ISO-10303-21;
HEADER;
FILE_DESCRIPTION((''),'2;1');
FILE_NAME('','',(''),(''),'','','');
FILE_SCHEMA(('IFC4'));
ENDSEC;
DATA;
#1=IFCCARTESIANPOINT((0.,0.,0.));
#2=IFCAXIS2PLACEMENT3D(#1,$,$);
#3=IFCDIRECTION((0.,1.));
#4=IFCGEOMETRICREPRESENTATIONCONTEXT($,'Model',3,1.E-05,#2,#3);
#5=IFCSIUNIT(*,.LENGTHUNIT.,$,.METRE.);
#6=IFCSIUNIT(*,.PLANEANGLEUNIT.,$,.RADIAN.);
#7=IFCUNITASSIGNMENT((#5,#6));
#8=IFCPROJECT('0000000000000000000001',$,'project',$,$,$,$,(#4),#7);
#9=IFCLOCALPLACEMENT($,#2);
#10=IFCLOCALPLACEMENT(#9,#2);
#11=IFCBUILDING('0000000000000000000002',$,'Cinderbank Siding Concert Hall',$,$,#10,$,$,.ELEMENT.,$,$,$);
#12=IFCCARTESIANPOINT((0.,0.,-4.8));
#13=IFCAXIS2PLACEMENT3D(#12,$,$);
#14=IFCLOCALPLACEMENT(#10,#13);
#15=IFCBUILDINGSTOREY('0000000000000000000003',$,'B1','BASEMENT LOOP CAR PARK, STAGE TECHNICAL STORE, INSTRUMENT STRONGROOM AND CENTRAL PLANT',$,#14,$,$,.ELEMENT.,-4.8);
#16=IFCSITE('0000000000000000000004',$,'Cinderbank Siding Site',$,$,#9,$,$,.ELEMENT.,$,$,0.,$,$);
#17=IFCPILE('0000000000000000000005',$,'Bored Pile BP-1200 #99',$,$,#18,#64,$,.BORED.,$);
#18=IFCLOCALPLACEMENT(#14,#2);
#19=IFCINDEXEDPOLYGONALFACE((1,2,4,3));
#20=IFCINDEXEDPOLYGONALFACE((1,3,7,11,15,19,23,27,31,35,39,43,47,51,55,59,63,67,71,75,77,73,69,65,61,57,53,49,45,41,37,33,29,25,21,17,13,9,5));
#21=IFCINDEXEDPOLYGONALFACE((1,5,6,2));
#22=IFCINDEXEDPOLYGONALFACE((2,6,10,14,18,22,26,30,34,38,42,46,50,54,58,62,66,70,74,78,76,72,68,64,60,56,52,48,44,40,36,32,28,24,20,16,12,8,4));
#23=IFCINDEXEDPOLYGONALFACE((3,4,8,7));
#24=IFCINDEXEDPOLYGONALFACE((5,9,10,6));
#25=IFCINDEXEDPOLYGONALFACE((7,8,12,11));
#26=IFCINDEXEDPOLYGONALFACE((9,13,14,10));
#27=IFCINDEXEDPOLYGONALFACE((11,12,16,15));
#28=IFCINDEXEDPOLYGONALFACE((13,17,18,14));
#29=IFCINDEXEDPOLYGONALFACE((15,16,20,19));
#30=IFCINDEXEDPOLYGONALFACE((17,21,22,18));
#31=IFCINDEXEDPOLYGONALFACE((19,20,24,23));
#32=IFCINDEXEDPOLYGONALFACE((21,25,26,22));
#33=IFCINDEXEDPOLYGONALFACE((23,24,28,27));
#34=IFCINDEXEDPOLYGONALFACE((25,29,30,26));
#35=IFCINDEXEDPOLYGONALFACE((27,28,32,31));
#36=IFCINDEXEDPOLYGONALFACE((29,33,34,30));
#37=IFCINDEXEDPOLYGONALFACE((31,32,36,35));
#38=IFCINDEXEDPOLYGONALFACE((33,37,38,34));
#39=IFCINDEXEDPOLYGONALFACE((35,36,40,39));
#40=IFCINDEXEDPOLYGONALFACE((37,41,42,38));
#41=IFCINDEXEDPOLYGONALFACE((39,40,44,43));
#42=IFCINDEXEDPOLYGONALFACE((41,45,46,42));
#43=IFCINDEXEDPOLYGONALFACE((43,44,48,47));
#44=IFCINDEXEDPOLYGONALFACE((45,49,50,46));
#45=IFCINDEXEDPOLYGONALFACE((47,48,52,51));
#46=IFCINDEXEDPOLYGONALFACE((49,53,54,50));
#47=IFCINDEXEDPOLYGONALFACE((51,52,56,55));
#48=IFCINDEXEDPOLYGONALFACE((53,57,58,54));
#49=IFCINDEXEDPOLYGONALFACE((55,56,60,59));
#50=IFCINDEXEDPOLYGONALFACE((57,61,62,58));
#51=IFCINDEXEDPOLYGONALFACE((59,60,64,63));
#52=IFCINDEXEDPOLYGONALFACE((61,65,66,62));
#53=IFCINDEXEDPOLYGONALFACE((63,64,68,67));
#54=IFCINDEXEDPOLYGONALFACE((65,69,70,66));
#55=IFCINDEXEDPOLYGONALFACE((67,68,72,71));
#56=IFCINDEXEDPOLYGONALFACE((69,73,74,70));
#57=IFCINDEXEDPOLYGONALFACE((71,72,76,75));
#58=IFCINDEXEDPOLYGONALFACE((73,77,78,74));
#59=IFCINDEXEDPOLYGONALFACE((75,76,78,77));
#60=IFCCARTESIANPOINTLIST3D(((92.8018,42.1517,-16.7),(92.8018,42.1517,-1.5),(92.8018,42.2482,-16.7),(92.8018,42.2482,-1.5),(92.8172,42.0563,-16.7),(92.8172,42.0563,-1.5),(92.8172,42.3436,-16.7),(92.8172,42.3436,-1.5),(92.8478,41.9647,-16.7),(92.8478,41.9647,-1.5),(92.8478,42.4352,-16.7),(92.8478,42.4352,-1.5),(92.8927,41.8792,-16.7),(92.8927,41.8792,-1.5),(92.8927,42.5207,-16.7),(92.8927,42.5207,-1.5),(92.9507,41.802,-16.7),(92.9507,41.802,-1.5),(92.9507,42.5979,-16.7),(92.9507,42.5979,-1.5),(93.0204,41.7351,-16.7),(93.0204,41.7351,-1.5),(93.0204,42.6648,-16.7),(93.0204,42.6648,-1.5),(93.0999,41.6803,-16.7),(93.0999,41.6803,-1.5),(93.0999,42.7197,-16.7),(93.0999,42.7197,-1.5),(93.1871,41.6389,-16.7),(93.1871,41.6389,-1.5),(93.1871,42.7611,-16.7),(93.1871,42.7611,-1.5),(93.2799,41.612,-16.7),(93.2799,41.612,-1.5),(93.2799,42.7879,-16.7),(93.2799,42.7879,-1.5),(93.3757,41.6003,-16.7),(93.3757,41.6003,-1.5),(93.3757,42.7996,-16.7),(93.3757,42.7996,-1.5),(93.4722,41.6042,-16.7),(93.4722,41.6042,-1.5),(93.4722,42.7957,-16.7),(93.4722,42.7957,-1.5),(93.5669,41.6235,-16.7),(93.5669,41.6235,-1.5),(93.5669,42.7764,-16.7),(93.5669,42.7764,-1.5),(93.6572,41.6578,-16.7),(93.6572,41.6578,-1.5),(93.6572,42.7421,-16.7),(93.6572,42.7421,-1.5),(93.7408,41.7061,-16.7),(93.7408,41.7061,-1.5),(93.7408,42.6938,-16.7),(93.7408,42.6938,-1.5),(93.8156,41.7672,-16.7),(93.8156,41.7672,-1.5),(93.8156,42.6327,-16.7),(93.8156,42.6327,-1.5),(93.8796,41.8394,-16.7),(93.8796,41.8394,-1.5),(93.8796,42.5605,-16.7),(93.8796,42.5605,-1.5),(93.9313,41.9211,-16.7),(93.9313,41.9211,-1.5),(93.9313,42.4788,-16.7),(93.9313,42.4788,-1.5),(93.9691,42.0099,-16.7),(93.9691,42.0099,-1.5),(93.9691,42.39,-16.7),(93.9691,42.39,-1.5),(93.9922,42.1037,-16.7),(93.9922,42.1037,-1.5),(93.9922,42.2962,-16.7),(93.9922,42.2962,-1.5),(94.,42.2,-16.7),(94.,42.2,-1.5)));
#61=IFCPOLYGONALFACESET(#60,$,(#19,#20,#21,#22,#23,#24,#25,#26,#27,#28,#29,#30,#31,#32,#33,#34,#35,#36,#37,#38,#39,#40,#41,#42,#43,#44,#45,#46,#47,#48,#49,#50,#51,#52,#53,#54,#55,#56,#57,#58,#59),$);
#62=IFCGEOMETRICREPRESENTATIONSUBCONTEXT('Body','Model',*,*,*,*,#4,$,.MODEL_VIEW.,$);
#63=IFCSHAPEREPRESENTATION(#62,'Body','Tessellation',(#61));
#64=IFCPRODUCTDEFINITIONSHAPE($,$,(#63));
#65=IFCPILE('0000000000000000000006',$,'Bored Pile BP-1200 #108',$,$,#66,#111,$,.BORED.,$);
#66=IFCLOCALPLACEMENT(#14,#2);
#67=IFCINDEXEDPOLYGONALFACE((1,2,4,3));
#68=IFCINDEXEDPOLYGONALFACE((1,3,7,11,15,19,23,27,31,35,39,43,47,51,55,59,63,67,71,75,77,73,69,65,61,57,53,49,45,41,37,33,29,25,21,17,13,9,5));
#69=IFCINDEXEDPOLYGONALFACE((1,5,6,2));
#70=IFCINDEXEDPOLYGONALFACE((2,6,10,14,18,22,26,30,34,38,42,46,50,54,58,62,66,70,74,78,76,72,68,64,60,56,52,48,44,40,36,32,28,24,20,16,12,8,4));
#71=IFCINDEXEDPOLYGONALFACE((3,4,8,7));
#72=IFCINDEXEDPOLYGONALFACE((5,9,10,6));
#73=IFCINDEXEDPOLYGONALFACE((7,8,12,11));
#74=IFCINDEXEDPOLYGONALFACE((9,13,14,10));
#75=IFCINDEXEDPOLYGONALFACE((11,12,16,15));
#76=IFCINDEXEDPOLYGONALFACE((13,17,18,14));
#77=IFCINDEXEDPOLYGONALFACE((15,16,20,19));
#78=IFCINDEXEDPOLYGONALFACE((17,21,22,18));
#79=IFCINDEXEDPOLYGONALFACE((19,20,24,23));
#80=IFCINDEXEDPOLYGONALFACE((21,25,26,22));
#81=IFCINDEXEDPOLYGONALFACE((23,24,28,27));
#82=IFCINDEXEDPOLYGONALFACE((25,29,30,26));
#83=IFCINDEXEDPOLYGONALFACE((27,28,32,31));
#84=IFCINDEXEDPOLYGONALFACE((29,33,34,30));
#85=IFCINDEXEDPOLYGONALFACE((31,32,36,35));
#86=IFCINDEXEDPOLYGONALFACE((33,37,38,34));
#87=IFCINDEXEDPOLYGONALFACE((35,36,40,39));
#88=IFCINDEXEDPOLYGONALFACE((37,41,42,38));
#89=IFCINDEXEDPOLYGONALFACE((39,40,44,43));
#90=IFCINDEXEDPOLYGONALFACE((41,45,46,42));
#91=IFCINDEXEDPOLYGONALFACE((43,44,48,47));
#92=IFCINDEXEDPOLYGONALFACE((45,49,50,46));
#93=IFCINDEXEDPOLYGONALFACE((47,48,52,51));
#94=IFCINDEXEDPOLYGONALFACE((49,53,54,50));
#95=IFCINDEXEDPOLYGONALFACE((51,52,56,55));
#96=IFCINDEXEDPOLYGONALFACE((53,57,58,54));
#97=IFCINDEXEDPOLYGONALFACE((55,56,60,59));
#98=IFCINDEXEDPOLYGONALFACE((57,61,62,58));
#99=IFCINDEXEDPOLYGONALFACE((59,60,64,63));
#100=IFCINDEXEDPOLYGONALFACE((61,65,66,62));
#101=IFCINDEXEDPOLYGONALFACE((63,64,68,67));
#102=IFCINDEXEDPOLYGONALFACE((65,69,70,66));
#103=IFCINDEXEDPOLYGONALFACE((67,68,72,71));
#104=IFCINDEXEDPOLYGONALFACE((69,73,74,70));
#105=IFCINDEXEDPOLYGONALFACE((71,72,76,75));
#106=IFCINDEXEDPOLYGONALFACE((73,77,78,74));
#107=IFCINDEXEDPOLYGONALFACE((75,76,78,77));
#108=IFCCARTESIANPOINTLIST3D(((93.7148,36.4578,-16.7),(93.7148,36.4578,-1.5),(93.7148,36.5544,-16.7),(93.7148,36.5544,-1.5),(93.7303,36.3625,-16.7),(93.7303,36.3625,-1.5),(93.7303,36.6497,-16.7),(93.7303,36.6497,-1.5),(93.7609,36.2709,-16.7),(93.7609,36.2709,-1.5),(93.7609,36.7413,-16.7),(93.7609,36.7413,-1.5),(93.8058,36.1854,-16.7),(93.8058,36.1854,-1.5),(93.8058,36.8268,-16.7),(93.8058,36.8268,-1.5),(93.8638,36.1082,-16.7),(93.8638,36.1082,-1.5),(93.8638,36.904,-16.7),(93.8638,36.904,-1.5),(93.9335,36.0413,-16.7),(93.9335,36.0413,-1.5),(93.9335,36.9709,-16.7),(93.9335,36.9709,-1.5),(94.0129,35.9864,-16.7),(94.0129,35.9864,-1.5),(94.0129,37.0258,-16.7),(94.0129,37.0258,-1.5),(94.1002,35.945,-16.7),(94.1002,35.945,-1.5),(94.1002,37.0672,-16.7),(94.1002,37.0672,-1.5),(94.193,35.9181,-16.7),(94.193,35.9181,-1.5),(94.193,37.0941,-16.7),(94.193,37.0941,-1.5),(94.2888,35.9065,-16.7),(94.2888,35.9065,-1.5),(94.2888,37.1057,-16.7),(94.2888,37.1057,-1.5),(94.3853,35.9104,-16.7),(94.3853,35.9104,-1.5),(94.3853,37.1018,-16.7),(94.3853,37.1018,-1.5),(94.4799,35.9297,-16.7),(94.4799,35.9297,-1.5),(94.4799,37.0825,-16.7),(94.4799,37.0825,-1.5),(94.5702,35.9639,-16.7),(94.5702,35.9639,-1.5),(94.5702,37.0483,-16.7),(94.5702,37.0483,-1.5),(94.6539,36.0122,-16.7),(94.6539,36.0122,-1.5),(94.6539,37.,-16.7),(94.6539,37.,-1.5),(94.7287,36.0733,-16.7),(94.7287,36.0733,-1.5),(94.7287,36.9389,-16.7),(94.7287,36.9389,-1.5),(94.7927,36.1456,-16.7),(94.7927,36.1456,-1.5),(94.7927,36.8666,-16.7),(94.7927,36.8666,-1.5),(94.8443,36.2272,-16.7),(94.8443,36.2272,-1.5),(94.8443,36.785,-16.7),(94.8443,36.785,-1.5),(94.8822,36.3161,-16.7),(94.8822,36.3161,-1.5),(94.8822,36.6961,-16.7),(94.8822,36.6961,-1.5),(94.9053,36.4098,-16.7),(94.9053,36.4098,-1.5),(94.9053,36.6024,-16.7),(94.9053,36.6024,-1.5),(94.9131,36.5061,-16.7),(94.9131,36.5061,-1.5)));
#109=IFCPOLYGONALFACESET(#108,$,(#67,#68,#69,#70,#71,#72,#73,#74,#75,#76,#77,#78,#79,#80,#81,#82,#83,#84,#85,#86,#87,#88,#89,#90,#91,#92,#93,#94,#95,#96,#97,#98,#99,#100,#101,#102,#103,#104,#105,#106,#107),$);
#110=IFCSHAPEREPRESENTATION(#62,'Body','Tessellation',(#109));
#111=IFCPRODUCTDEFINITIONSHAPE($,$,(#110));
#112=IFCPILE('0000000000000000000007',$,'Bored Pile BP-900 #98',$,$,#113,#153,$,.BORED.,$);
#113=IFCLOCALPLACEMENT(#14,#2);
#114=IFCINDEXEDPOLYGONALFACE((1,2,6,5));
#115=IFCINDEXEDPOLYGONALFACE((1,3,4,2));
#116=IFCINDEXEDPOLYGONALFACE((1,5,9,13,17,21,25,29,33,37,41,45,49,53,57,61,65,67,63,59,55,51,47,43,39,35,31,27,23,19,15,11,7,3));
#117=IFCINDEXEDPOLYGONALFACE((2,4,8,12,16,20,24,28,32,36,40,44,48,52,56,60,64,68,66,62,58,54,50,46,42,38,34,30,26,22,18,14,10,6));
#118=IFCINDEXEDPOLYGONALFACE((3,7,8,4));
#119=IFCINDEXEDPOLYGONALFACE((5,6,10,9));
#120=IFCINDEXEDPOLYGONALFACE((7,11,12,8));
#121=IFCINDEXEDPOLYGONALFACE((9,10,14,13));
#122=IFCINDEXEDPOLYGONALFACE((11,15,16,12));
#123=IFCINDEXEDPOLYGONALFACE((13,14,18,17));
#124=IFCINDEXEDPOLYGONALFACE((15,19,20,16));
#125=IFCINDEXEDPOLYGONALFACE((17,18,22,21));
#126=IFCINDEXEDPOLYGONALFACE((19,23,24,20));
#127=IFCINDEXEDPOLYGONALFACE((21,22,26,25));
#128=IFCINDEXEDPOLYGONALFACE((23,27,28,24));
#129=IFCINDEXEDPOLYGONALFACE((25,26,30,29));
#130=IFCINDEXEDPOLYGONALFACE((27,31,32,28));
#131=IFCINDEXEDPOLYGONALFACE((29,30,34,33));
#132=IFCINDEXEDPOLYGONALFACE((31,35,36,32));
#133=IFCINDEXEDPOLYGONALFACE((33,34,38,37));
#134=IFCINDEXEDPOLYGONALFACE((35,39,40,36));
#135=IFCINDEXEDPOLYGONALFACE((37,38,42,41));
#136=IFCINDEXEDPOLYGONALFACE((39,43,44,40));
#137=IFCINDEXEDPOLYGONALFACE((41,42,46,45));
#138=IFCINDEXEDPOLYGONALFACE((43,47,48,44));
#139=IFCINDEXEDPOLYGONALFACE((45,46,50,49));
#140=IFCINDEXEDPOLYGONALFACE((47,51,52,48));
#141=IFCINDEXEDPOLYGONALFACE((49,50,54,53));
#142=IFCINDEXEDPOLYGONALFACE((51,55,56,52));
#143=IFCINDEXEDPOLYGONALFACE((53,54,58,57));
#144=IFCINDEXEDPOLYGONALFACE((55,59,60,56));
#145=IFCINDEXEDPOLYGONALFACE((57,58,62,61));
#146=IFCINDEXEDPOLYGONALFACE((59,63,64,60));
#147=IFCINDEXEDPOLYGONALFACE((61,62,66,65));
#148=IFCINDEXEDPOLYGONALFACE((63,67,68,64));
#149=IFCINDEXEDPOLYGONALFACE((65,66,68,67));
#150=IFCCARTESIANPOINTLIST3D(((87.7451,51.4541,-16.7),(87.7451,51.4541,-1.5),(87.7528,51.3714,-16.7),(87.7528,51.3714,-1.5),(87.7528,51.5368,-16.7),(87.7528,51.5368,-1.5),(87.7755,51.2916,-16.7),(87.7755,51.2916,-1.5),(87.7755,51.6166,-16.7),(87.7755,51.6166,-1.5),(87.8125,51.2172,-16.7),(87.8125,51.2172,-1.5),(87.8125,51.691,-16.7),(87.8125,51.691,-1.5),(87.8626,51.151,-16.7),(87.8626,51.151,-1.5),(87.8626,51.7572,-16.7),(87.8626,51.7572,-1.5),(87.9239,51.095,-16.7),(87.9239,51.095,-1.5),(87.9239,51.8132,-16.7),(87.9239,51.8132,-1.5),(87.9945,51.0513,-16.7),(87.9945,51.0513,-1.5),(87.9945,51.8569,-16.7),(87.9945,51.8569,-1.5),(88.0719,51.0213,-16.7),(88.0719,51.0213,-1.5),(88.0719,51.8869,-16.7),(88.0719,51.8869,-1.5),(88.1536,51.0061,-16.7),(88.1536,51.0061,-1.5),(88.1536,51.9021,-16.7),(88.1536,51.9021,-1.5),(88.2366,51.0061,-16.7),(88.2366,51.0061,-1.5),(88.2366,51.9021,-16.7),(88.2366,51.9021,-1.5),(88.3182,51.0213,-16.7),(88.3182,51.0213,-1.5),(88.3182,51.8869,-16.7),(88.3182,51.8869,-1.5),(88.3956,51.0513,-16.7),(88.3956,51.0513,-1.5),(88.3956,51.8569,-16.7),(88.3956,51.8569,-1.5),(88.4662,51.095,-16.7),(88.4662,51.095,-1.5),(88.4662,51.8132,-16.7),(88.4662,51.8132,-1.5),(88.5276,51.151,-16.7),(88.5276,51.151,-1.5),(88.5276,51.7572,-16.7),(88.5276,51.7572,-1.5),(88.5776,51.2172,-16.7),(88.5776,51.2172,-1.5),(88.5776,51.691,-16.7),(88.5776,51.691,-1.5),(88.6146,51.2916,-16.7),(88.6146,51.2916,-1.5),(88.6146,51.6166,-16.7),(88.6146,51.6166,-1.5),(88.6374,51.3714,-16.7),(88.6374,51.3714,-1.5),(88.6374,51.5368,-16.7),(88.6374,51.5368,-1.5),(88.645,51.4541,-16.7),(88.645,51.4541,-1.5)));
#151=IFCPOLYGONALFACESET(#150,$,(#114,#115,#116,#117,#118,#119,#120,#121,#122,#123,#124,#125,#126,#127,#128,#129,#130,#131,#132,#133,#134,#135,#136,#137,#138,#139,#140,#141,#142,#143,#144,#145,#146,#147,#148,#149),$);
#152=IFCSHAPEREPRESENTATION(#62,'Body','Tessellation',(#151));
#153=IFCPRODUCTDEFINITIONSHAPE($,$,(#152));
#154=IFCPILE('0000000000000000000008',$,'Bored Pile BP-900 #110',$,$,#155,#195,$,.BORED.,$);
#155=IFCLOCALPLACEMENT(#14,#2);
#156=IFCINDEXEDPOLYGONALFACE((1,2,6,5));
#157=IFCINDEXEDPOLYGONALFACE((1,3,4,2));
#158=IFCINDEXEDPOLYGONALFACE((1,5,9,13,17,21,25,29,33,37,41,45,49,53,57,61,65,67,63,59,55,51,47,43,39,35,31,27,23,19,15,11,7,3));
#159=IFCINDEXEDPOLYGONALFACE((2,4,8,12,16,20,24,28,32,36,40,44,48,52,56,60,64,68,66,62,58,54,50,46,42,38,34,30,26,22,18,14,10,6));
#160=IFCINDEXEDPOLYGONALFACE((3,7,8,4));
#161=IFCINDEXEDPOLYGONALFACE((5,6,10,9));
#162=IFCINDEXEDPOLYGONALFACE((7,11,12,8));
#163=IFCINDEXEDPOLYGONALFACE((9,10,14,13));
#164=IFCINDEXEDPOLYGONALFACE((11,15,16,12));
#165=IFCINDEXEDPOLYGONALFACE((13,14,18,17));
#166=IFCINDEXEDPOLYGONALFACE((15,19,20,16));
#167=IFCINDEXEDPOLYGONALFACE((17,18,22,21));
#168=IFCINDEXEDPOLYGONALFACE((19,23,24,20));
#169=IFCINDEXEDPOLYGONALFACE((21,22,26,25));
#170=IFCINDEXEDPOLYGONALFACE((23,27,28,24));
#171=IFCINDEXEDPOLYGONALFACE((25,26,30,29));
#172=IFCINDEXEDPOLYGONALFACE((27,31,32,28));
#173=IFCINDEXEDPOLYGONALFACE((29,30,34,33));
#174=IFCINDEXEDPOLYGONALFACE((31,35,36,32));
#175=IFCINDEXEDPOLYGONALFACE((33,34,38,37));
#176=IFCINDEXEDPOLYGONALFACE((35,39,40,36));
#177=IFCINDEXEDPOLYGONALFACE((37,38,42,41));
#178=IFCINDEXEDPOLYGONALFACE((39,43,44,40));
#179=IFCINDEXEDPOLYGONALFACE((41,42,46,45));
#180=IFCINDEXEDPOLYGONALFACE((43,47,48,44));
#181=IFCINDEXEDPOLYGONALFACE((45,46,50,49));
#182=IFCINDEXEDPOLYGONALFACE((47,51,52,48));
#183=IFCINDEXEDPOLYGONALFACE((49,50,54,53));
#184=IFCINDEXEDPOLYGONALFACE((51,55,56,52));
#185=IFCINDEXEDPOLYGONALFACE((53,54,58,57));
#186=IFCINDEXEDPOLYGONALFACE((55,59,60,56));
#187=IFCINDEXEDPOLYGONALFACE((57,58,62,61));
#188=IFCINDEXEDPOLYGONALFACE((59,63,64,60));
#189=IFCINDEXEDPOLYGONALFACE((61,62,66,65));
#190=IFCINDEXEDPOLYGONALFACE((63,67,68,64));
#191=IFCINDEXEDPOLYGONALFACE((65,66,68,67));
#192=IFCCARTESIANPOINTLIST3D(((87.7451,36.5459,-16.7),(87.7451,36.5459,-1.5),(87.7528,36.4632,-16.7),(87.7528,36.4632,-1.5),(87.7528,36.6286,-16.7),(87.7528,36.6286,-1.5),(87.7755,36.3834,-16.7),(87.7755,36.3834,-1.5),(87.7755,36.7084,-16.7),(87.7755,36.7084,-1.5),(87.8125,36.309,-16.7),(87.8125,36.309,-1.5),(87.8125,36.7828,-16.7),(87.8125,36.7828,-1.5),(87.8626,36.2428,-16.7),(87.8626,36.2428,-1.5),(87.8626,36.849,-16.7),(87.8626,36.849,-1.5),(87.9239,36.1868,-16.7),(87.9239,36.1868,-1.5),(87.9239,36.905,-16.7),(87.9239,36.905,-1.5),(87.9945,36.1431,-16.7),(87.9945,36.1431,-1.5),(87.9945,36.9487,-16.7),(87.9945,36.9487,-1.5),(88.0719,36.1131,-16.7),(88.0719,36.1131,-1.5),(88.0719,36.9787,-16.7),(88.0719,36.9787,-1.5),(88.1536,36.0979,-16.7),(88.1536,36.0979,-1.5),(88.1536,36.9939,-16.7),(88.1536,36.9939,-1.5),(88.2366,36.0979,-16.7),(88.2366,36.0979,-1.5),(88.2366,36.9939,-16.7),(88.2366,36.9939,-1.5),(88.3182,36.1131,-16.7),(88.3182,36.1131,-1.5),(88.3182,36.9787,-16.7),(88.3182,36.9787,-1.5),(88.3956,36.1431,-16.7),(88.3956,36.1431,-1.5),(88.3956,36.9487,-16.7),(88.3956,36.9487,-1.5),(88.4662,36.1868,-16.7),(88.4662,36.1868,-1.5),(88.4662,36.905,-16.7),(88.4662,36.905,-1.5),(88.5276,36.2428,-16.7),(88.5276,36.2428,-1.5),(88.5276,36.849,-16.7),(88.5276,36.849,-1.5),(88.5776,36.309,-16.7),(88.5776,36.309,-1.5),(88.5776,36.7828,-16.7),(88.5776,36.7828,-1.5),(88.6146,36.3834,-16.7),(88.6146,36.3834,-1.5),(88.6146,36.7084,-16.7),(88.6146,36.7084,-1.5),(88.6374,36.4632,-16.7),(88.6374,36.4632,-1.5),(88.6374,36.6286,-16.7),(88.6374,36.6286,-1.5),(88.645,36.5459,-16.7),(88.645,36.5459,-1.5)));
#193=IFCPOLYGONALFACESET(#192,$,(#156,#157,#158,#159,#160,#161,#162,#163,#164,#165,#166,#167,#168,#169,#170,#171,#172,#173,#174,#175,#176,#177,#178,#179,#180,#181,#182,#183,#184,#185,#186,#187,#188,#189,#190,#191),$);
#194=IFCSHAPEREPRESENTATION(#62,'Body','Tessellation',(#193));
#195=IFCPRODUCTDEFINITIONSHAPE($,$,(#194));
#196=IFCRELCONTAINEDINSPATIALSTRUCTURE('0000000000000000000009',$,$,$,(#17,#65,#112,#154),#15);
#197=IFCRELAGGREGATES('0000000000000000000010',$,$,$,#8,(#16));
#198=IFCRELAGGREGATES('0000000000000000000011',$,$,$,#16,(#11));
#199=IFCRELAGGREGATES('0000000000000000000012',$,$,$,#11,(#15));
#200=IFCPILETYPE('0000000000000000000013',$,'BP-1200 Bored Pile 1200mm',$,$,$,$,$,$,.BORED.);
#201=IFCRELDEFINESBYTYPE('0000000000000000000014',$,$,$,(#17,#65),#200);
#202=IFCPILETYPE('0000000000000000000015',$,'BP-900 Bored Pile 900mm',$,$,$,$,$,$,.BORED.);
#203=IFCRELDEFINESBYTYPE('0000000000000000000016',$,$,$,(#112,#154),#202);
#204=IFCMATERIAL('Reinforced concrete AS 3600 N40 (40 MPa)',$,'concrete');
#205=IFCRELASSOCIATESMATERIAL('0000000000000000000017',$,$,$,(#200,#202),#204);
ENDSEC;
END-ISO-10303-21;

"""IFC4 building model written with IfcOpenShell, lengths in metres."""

from ifc_helpers import new_model, si_unit, direction, frame, origin, origin_2d, place, context, subcontext, project, spatial, circle, extrude, material, material_profile, profile_set, type_object, element, save


model = new_model("IFC4")

# Units and contexts
model_context = context("Model", 3, precision=1e-05, world=origin(), true_north=direction((0.0, 1.0)))
body_context = subcontext(model_context, "Body", "Model", "MODEL_VIEW")
ifc_project = project(units=[si_unit("LENGTHUNIT", "METRE"), si_unit("PLANEANGLEUNIT", "RADIAN")], contexts=[model_context])

# Site, building, storey
site_placement = place(None, origin())
site = spatial("IfcSite", under=ifc_project, at=site_placement, Name="Cinderbank Siding Site", CompositionType="ELEMENT", RefElevation=0.0)
building_placement = place(site_placement, origin())
building = spatial("IfcBuilding", under=site, at=building_placement, Name="Cinderbank Siding Concert Hall", CompositionType="ELEMENT")
storey_placement = place(building_placement, frame((0.0, 0.0, -4.8)))
storey = spatial("IfcBuildingStorey", under=building, at=storey_placement, Name="B1", Description="BASEMENT LOOP CAR PARK, STAGE TECHNICAL STORE, INSTRUMENT STRONGROOM AND CENTRAL PLANT", CompositionType="ELEMENT", Elevation=-4.8)

# Piles
ifc_material_1 = material(Name="Reinforced concrete AS 3600 N40 (40 MPa)", Category="concrete")
ifc_material_profile_1 = material_profile(ifc_material_1, circle(Radius=0.6001, at=origin_2d()), Name="PILE-1200DIA", Category="LoadBearing")
ifc_profile_set_1 = profile_set([ifc_material_profile_1], Name="Reinforced concrete AS 3600 N40 (40 MPa)")
pile_type_1 = type_object("IfcPileType", Name="BP-1200 Bored Pile 1200mm", PredefinedType="BORED", material=ifc_profile_set_1)
for number, where, z_axis, x_axis, name in (
    (1, (93.3999, 42.2, -1.5), (0.0, 0.0, -1.0), (1.0, 0.0, 0.0), "Bored Pile BP-1200 #99"),
    (2, (94.313, 36.5061, -1.5), (0.0, 0.0, -1.0), (1.0, 0.0, 0.0), "Bored Pile BP-1200 #108"),
):
    element("IfcPile", number, at=place(storey_placement, frame(where, z_axis=z_axis, x_axis=x_axis)), inside=storey, type_object=pile_type_1, Name=name, PredefinedType="BORED", context=body_context, shape_type="SweptSolid", body=[
        extrude(circle(Radius=0.6001, at=origin_2d()), origin(), (0.0, 0.0, 1.0), 15.2),
    ])
ifc_material_profile_2 = material_profile(ifc_material_1, circle(Radius=0.45, at=origin_2d()), Name="PILE-900DIA", Category="LoadBearing")
ifc_profile_set_2 = profile_set([ifc_material_profile_2], Name="Reinforced concrete AS 3600 N40 (40 MPa)")
pile_type_2 = type_object("IfcPileType", Name="BP-900 Bored Pile 900mm", PredefinedType="BORED", material=ifc_profile_set_2)
for number, where, z_axis, x_axis, name in (
    (3, (88.1951, 51.4541, -1.5), (0.0, 0.0, -1.0), (1.0, 0.0, 0.0), "Bored Pile BP-900 #98"),
    (4, (88.1951, 36.5459, -1.5), (0.0, 0.0, -1.0), (1.0, 0.0, 0.0), "Bored Pile BP-900 #110"),
):
    element("IfcPile", number, at=place(storey_placement, frame(where, z_axis=z_axis, x_axis=x_axis)), inside=storey, type_object=pile_type_2, Name=name, PredefinedType="BORED", context=body_context, shape_type="SweptSolid", body=[
        extrude(circle(Radius=0.45, at=origin_2d()), origin(), (0.0, 0.0, 1.0), 15.2),
    ])

save(model, "model.ifc")
